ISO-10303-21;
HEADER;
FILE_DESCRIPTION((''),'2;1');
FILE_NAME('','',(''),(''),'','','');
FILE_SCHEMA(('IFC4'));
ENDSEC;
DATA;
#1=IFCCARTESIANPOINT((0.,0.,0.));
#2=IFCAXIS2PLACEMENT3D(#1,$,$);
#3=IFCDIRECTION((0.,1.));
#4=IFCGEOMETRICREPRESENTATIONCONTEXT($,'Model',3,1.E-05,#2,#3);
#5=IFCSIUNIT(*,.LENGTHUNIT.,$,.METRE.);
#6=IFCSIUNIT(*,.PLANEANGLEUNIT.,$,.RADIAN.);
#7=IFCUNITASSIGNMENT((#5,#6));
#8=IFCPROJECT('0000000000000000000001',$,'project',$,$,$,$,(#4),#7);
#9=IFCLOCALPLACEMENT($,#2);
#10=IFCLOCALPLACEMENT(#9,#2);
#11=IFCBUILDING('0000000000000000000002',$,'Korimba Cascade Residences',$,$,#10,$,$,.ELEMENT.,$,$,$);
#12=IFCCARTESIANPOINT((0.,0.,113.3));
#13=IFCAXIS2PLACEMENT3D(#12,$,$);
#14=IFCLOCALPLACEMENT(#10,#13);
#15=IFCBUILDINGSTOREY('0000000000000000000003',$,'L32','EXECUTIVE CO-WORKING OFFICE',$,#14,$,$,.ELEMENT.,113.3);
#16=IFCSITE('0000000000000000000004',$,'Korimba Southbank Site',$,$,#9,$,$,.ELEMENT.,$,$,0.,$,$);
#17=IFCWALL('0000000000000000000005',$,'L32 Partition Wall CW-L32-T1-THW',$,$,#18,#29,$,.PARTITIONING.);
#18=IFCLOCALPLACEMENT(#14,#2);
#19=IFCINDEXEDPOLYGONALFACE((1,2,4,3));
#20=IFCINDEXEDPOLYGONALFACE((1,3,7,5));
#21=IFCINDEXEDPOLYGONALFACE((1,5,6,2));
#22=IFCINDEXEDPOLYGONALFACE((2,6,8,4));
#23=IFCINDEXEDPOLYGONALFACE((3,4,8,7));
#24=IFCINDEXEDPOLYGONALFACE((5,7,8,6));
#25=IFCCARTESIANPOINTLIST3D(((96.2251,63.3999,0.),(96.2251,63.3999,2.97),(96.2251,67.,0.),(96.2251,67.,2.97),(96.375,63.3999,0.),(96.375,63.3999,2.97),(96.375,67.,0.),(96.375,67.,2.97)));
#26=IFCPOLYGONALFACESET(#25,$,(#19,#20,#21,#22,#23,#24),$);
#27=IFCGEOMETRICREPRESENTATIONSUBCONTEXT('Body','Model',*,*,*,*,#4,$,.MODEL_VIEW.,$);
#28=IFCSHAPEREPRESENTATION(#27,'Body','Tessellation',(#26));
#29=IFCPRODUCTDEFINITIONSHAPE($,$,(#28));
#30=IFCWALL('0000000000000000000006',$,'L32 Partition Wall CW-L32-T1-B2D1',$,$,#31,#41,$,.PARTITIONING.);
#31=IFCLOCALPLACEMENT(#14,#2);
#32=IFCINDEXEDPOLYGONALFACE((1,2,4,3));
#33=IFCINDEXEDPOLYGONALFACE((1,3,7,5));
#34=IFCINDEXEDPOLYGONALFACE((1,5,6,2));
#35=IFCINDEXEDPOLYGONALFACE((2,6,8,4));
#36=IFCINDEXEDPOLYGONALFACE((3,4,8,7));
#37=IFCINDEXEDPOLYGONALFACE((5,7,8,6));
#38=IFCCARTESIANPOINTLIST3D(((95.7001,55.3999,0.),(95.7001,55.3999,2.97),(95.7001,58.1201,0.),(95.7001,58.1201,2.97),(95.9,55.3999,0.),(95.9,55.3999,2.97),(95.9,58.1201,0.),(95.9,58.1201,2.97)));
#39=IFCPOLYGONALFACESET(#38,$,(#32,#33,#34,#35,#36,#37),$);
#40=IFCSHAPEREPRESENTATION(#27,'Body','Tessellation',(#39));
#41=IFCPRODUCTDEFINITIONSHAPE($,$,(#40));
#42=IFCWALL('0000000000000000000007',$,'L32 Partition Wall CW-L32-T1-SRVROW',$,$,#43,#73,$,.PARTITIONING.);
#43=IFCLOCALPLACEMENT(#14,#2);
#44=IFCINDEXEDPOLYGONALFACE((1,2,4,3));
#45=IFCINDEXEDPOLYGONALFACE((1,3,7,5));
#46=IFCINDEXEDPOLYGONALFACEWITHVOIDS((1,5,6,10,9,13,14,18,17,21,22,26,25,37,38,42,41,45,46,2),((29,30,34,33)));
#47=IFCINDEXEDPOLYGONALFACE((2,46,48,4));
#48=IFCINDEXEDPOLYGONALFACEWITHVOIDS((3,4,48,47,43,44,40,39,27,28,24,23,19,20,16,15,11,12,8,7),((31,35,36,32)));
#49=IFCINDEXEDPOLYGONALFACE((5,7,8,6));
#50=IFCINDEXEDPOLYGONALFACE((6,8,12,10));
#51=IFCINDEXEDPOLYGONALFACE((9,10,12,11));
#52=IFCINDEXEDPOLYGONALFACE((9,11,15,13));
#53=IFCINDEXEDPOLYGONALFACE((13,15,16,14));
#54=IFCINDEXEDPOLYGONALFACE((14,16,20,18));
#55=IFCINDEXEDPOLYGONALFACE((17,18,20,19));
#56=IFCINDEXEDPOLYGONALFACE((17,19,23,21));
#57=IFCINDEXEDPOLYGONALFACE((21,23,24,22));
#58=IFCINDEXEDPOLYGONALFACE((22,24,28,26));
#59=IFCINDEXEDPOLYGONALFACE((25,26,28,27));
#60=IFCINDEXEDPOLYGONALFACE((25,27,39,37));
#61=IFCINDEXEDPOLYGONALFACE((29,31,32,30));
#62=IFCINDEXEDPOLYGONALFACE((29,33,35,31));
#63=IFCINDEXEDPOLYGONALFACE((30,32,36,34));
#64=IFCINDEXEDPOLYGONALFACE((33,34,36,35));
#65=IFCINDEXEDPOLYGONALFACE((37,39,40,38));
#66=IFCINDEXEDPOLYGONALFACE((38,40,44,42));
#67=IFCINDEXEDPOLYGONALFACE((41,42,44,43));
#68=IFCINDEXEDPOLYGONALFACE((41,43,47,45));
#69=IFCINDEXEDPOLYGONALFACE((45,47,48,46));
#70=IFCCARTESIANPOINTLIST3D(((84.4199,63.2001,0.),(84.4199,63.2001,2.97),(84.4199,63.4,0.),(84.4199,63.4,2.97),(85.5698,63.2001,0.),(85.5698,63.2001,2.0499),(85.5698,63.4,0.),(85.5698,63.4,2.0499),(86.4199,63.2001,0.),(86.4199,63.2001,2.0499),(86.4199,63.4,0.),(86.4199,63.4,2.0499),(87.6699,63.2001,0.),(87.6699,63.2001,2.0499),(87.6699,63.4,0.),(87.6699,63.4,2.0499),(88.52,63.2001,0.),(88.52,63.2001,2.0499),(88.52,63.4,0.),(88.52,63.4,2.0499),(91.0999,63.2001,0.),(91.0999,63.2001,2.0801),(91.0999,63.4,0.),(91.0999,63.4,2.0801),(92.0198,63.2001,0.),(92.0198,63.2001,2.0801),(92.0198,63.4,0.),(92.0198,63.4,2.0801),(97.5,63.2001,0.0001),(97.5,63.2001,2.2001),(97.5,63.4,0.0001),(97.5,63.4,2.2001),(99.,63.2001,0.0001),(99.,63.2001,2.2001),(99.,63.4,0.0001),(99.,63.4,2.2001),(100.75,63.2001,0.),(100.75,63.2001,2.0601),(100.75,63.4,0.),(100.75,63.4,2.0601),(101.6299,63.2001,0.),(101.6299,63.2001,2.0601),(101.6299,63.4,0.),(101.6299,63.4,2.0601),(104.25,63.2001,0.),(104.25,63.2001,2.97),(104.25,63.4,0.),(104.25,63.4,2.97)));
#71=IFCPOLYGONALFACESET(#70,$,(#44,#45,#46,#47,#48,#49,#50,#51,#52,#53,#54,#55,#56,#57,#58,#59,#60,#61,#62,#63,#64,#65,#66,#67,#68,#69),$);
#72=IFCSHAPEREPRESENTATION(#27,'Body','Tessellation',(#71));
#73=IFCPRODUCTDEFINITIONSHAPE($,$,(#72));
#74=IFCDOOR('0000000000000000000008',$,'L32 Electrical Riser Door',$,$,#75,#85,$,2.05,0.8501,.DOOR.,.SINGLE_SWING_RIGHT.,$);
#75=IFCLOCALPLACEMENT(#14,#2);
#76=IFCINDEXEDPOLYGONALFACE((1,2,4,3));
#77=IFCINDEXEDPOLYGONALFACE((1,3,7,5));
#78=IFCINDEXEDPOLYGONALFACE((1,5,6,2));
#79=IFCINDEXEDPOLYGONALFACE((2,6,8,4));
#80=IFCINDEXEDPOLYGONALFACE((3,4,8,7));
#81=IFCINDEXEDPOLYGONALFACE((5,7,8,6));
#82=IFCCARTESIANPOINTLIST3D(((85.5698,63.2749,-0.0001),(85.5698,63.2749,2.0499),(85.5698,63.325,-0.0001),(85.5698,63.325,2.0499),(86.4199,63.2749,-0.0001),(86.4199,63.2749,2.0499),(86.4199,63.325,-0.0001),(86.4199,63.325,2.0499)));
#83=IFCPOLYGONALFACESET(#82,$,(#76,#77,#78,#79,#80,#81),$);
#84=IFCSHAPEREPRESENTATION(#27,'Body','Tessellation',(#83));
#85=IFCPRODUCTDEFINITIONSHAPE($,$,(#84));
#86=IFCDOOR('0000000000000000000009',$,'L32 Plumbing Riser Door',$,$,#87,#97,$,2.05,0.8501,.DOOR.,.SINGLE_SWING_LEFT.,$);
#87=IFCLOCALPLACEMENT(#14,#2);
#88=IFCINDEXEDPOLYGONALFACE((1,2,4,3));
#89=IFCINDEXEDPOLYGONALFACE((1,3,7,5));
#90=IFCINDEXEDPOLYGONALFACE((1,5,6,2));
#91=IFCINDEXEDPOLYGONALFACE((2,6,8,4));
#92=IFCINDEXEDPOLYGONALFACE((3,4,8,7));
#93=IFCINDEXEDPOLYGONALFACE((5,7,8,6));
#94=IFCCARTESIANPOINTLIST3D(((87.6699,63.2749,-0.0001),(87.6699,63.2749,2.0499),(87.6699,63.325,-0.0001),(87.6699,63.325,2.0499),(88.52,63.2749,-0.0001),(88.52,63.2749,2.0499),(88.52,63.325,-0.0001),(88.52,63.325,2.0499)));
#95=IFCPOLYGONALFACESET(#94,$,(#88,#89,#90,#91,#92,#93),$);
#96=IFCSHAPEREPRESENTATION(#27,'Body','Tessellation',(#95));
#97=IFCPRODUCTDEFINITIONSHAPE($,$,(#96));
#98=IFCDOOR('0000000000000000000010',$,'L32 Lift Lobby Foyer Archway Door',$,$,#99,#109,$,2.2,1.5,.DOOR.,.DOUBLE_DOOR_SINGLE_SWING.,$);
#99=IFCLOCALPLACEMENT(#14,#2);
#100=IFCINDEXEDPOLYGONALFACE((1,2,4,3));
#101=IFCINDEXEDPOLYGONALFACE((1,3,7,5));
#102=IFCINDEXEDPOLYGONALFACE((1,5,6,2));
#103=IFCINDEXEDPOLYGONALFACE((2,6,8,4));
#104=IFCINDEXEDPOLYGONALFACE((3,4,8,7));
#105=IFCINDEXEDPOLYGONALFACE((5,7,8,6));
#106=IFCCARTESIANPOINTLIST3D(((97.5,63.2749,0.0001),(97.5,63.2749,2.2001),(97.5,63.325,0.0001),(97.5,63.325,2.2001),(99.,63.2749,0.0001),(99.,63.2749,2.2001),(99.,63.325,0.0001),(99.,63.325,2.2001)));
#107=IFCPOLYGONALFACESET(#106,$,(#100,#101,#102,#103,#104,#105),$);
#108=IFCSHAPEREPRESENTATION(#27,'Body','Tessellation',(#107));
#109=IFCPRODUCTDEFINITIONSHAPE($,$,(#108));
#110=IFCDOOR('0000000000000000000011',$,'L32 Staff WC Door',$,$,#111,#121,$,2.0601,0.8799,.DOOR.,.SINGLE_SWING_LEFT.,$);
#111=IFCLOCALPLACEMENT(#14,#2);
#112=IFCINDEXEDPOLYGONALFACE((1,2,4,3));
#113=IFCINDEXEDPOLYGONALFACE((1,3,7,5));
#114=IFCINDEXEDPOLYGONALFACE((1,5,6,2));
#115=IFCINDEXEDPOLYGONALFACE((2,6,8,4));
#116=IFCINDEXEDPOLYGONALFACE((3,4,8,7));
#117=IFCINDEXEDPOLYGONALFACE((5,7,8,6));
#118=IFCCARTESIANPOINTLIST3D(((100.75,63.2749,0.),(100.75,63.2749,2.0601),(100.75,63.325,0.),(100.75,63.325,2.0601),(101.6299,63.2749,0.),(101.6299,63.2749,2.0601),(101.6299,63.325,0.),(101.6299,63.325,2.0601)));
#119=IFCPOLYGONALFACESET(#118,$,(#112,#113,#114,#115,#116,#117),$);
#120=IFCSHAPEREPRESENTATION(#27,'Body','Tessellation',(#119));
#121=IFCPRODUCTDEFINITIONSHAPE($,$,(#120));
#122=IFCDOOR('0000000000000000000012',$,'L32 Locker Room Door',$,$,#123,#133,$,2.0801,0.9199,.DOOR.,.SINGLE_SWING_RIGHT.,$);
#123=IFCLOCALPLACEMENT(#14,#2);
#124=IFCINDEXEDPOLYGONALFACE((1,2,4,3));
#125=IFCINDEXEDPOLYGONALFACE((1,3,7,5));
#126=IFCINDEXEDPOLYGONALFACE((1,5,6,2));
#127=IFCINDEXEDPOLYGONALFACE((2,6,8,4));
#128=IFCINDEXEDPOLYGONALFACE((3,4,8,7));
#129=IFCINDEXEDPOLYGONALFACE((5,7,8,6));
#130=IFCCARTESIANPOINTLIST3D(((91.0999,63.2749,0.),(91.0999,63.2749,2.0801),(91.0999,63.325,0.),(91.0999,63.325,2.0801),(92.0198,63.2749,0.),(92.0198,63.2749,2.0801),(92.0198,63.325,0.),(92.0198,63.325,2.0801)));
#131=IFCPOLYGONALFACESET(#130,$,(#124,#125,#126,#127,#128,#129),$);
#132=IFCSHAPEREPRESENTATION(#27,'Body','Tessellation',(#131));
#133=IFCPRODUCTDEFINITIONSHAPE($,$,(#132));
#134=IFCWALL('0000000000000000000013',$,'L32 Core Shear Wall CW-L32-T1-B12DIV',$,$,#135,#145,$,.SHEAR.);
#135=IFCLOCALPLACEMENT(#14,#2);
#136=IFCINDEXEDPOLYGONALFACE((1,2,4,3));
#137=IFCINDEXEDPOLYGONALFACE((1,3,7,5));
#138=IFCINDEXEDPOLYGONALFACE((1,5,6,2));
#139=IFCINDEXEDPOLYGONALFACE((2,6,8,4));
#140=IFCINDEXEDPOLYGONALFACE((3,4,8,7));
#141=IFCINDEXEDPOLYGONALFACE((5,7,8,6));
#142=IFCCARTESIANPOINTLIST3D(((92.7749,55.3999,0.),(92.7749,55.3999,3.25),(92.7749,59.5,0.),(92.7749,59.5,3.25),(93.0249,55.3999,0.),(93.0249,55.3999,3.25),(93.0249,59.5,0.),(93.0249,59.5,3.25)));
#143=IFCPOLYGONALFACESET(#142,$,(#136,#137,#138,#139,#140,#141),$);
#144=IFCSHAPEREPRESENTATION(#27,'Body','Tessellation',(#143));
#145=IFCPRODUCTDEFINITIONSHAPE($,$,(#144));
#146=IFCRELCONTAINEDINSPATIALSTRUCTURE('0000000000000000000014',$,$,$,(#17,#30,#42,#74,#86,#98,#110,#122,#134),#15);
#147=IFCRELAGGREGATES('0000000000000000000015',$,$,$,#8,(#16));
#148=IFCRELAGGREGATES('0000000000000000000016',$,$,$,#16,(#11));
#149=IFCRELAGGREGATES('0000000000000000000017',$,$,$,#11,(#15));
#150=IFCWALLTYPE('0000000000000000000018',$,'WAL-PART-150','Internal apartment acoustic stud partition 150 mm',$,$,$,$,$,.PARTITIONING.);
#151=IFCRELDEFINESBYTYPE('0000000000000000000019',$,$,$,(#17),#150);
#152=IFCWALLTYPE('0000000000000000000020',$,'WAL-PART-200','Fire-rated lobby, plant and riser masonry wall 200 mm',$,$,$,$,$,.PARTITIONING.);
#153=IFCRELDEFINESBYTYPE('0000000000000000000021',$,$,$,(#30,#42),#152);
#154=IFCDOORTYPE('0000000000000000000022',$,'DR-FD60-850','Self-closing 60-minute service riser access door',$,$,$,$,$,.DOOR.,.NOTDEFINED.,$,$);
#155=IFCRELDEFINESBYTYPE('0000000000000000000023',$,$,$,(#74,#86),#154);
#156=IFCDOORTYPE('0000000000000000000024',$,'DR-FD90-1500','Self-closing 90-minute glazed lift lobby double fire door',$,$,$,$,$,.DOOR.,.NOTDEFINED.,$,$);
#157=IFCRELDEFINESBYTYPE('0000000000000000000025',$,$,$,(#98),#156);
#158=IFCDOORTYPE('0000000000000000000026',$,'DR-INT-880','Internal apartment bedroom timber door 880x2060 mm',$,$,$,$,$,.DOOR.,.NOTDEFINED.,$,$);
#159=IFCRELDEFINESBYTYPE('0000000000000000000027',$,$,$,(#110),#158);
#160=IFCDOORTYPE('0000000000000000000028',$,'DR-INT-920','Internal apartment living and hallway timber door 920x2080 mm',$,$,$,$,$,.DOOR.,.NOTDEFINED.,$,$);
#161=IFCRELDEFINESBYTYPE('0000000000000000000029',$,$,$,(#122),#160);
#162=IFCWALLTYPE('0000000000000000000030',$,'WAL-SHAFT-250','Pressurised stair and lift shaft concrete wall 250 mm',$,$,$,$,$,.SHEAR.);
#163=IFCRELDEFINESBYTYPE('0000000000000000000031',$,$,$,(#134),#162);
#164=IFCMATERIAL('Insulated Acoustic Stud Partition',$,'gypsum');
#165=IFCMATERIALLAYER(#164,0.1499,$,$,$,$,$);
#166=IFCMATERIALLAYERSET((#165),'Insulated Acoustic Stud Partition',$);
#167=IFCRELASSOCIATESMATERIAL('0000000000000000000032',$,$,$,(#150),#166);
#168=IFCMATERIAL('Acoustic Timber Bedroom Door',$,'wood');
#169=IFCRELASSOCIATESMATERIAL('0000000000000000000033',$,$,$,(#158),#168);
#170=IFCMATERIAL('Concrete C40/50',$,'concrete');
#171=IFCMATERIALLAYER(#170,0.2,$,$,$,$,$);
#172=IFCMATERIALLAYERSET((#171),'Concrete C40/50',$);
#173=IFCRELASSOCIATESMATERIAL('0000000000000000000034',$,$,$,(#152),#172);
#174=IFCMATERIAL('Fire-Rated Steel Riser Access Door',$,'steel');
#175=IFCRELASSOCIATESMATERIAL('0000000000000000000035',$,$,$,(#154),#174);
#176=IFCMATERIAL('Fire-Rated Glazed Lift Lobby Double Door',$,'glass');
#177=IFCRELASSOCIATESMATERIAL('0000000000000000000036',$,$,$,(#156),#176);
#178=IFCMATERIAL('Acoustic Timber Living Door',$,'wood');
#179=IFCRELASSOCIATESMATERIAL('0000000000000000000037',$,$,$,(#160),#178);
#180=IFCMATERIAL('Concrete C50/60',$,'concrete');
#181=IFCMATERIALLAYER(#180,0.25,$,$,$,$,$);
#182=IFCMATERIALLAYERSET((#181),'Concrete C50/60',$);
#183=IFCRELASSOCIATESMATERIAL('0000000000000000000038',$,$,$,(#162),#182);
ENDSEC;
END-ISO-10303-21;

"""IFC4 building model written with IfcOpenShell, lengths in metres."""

from ifc_helpers import new_model, si_unit, direction, frame, frame_2d, origin, place, context, subcontext, project, spatial, rectangle, extrude, material, layer, layer_set, type_object, element, fill, save


model = new_model("IFC4")

# Units and contexts
model_context = context("Model", 3, precision=1e-05, world=origin(), true_north=direction((0.0, 1.0)))
body_context = subcontext(model_context, "Body", "Model", "MODEL_VIEW")
ifc_project = project(units=[si_unit("LENGTHUNIT", "METRE"), si_unit("PLANEANGLEUNIT", "RADIAN")], contexts=[model_context])

# Site, building, storey
site_placement = place(None, origin())
site = spatial("IfcSite", under=ifc_project, at=site_placement, Name="Korimba Southbank Site", CompositionType="ELEMENT", RefElevation=0.0)
building_placement = place(site_placement, origin())
building = spatial("IfcBuilding", under=site, at=building_placement, Name="Korimba Cascade Residences", CompositionType="ELEMENT")
storey_placement = place(building_placement, frame((0.0, 0.0, 113.3)))
storey = spatial("IfcBuildingStorey", under=building, at=storey_placement, Name="L32", Description="EXECUTIVE CO-WORKING OFFICE", CompositionType="ELEMENT", Elevation=113.3)

# Shared definitions
ifc_material_1 = material(Name="Insulated Acoustic Stud Partition", Category="gypsum")
ifc_layer_1 = layer(ifc_material_1, 0.1499)
ifc_layer_set_1 = layer_set([ifc_layer_1], Name="Insulated Acoustic Stud Partition")
wall_type_1 = type_object("IfcWallType", Name="WAL-PART-150", Description="Internal apartment acoustic stud partition 150 mm", PredefinedType="PARTITIONING", material=ifc_layer_set_1)

# Shared definitions
ifc_material_2 = material(Name="Acoustic Timber Bedroom Door", Category="wood")
door_type_1 = type_object("IfcDoorType", Name="DR-INT-880", Description="Internal apartment bedroom timber door 880x2060 mm", OperationType="NOTDEFINED", PredefinedType="DOOR", material=ifc_material_2)

# Walls
wall_1_placement = place(storey_placement, frame((96.3, 63.3999, 0.0), z_axis=(0.0, 0.0, 1.0), x_axis=(0.0, 1.0, 0.0)))
element("IfcWall", 1, at=wall_1_placement, inside=storey, type_object=wall_type_1, Name="L32 Partition Wall CW-L32-T1-THW", PredefinedType="PARTITIONING", context=body_context, shape_type="SweptSolid", body=[
    extrude(rectangle(XDim=3.6001, YDim=0.1499, at=frame_2d((1.8, 0.0))), origin(), (0.0, 0.0, 1.0), 2.97),
])
ifc_material_3 = material(Name="Concrete C40/50", Category="concrete")
ifc_layer_2 = layer(ifc_material_3, 0.2)
ifc_layer_set_2 = layer_set([ifc_layer_2], Name="Concrete C40/50")
wall_type_2 = type_object("IfcWallType", Name="WAL-PART-200", Description="Fire-rated lobby, plant and riser masonry wall 200 mm", PredefinedType="PARTITIONING", material=ifc_layer_set_2)
wall_2_placement = place(storey_placement, frame((95.8, 55.3999, 0.0), z_axis=(0.0, 0.0, 1.0), x_axis=(0.0, 1.0, 0.0)))
element("IfcWall", 2, at=wall_2_placement, inside=storey, type_object=wall_type_2, Name="L32 Partition Wall CW-L32-T1-B2D1", PredefinedType="PARTITIONING", context=body_context, shape_type="SweptSolid", body=[
    extrude(rectangle(XDim=2.7202, YDim=0.2, at=frame_2d((1.3601, 0.0))), origin(), (0.0, 0.0, 1.0), 2.97),
])

# Wall, openings, doors
wall_3_placement = place(storey_placement, frame((84.4199, 63.3, 0.0), z_axis=(0.0, 0.0, 1.0), x_axis=(1.0, 0.0, 0.0)))
wall_3 = element("IfcWall", 3, at=wall_3_placement, inside=storey, type_object=wall_type_2, Name="L32 Partition Wall CW-L32-T1-SRVROW", PredefinedType="PARTITIONING", context=body_context, shape_type="SweptSolid", body=[
    extrude(rectangle(XDim=19.8301, YDim=0.2, at=frame_2d((9.915, 0.0))), origin(), (0.0, 0.0, 1.0), 2.97),
])
opening_1_placement = place(wall_3_placement, frame((1.1499, 0.0, 0.0)))
opening_1 = element("IfcOpeningElement", 4, at=opening_1_placement, cuts=wall_3, PredefinedType="OPENING", context=body_context, shape_type="SweptSolid", body=[
    extrude(rectangle(XDim=0.8501, YDim=2.05, at=frame_2d((0.425, 1.0249))), frame((0.0, 0.1099, 0.0), z_axis=(0.0, -1.0, 0.0), x_axis=(1.0, 0.0, 0.0)), (0.0, 0.0, 1.0), 0.22),
])
opening_2_placement = place(wall_3_placement, frame((3.25, 0.0, 0.0)))
opening_2 = element("IfcOpeningElement", 5, at=opening_2_placement, cuts=wall_3, PredefinedType="OPENING", context=body_context, shape_type="SweptSolid", body=[
    extrude(rectangle(XDim=0.8501, YDim=2.05, at=frame_2d((0.425, 1.0249))), frame((0.0, 0.1099, 0.0), z_axis=(0.0, -1.0, 0.0), x_axis=(1.0, 0.0, 0.0)), (0.0, 0.0, 1.0), 0.22),
])
opening_3_placement = place(wall_3_placement, frame((13.0801, 0.0, 0.0)))
opening_3 = element("IfcOpeningElement", 6, at=opening_3_placement, cuts=wall_3, PredefinedType="OPENING", context=body_context, shape_type="SweptSolid", body=[
    extrude(rectangle(XDim=1.5, YDim=2.2, at=frame_2d((0.75, 1.1001))), frame((0.0, 0.1099, 0.0), z_axis=(0.0, -1.0, 0.0), x_axis=(1.0, 0.0, 0.0)), (0.0, 0.0, 1.0), 0.22),
])
opening_4_placement = place(wall_3_placement, frame((6.6799, 0.0, 0.0)))
opening_4 = element("IfcOpeningElement", 7, at=opening_4_placement, cuts=wall_3, PredefinedType="OPENING", context=body_context, shape_type="SweptSolid", body=[
    extrude(rectangle(XDim=0.9199, YDim=2.0801, at=frame_2d((0.46, 1.04))), frame((0.0, 0.1099, 0.0), z_axis=(0.0, -1.0, 0.0), x_axis=(1.0, 0.0, 0.0)), (0.0, 0.0, 1.0), 0.22),
])
opening_5_placement = place(wall_3_placement, frame((16.3301, 0.0, 0.0)))
opening_5 = element("IfcOpeningElement", 8, at=opening_5_placement, cuts=wall_3, PredefinedType="OPENING", context=body_context, shape_type="SweptSolid", body=[
    extrude(rectangle(XDim=0.8799, YDim=2.0601, at=frame_2d((0.4399, 1.03))), frame((0.0, 0.1099, 0.0), z_axis=(0.0, -1.0, 0.0), x_axis=(1.0, 0.0, 0.0)), (0.0, 0.0, 1.0), 0.22),
])
ifc_material_4 = material(Name="Fire-Rated Steel Riser Access Door", Category="steel")
door_type_2 = type_object("IfcDoorType", Name="DR-FD60-850", Description="Self-closing 60-minute service riser access door", OperationType="NOTDEFINED", PredefinedType="DOOR", material=ifc_material_4)
door_1_placement = place(opening_1_placement, origin())
door_1 = element("IfcDoor", 9, at=door_1_placement, inside=storey, type_object=door_type_2, Name="L32 Electrical Riser Door", OperationType="SINGLE_SWING_RIGHT", OverallHeight=2.05, OverallWidth=0.8501, PredefinedType="DOOR", context=body_context, shape_type="SweptSolid", body=[
    extrude(rectangle(XDim=0.8501, YDim=2.05, at=frame_2d((0.425, 1.0249))), frame((0.0, 0.0249, 0.0), z_axis=(0.0, -1.0, 0.0), x_axis=(1.0, 0.0, 0.0)), (0.0, 0.0, 1.0), 0.05),
])
fill(opening_1, door_1)
door_2_placement = place(opening_2_placement, origin())
door_2 = element("IfcDoor", 10, at=door_2_placement, inside=storey, type_object=door_type_2, Name="L32 Plumbing Riser Door", OperationType="SINGLE_SWING_LEFT", OverallHeight=2.05, OverallWidth=0.8501, PredefinedType="DOOR", context=body_context, shape_type="SweptSolid", body=[
    extrude(rectangle(XDim=0.8501, YDim=2.05, at=frame_2d((0.425, 1.0249))), frame((0.0, 0.0249, 0.0), z_axis=(0.0, -1.0, 0.0), x_axis=(1.0, 0.0, 0.0)), (0.0, 0.0, 1.0), 0.05),
])
fill(opening_2, door_2)
ifc_material_5 = material(Name="Fire-Rated Glazed Lift Lobby Double Door", Category="glass")
door_type_3 = type_object("IfcDoorType", Name="DR-FD90-1500", Description="Self-closing 90-minute glazed lift lobby double fire door", OperationType="NOTDEFINED", PredefinedType="DOOR", material=ifc_material_5)
door_3_placement = place(opening_3_placement, origin())
door_3 = element("IfcDoor", 11, at=door_3_placement, inside=storey, type_object=door_type_3, Name="L32 Lift Lobby Foyer Archway Door", OperationType="DOUBLE_DOOR_SINGLE_SWING", OverallHeight=2.2, OverallWidth=1.5, PredefinedType="DOOR", context=body_context, shape_type="SweptSolid", body=[
    extrude(rectangle(XDim=1.5, YDim=2.2, at=frame_2d((0.75, 1.1001))), frame((0.0, 0.0249, 0.0), z_axis=(0.0, -1.0, 0.0), x_axis=(1.0, 0.0, 0.0)), (0.0, 0.0, 1.0), 0.05),
])
fill(opening_3, door_3)
door_4_placement = place(opening_5_placement, origin())
door_4 = element("IfcDoor", 12, at=door_4_placement, inside=storey, type_object=door_type_1, Name="L32 Staff WC Door", OperationType="SINGLE_SWING_LEFT", OverallHeight=2.0601, OverallWidth=0.8799, PredefinedType="DOOR", context=body_context, shape_type="SweptSolid", body=[
    extrude(rectangle(XDim=0.8799, YDim=2.0601, at=frame_2d((0.4399, 1.03))), frame((0.0, 0.0249, 0.0), z_axis=(0.0, -1.0, 0.0), x_axis=(1.0, 0.0, 0.0)), (0.0, 0.0, 1.0), 0.05),
])
fill(opening_5, door_4)
ifc_material_6 = material(Name="Acoustic Timber Living Door", Category="wood")
door_type_4 = type_object("IfcDoorType", Name="DR-INT-920", Description="Internal apartment living and hallway timber door 920x2080 mm", OperationType="NOTDEFINED", PredefinedType="DOOR", material=ifc_material_6)
door_5_placement = place(opening_4_placement, origin())
door_5 = element("IfcDoor", 13, at=door_5_placement, inside=storey, type_object=door_type_4, Name="L32 Locker Room Door", OperationType="SINGLE_SWING_RIGHT", OverallHeight=2.0801, OverallWidth=0.9199, PredefinedType="DOOR", context=body_context, shape_type="SweptSolid", body=[
    extrude(rectangle(XDim=0.9199, YDim=2.0801, at=frame_2d((0.46, 1.04))), frame((0.0, 0.0249, 0.0), z_axis=(0.0, -1.0, 0.0), x_axis=(1.0, 0.0, 0.0)), (0.0, 0.0, 1.0), 0.05),
])
fill(opening_4, door_5)

# Wall
ifc_material_7 = material(Name="Concrete C50/60", Category="concrete")
ifc_layer_3 = layer(ifc_material_7, 0.25)
ifc_layer_set_3 = layer_set([ifc_layer_3], Name="Concrete C50/60")
wall_type_3 = type_object("IfcWallType", Name="WAL-SHAFT-250", Description="Pressurised stair and lift shaft concrete wall 250 mm", PredefinedType="SHEAR", material=ifc_layer_set_3)
wall_4_placement = place(storey_placement, frame((92.8999, 55.3999, 0.0), z_axis=(0.0, 0.0, 1.0), x_axis=(0.0, 1.0, 0.0)))
element("IfcWall", 14, at=wall_4_placement, inside=storey, type_object=wall_type_3, Name="L32 Core Shear Wall CW-L32-T1-B12DIV", PredefinedType="SHEAR", context=body_context, shape_type="SweptSolid", body=[
    extrude(rectangle(XDim=4.1001, YDim=0.25, at=frame_2d((2.05, 0.0))), origin(), (0.0, 0.0, 1.0), 3.25),
])

save(model, "model.ifc")
